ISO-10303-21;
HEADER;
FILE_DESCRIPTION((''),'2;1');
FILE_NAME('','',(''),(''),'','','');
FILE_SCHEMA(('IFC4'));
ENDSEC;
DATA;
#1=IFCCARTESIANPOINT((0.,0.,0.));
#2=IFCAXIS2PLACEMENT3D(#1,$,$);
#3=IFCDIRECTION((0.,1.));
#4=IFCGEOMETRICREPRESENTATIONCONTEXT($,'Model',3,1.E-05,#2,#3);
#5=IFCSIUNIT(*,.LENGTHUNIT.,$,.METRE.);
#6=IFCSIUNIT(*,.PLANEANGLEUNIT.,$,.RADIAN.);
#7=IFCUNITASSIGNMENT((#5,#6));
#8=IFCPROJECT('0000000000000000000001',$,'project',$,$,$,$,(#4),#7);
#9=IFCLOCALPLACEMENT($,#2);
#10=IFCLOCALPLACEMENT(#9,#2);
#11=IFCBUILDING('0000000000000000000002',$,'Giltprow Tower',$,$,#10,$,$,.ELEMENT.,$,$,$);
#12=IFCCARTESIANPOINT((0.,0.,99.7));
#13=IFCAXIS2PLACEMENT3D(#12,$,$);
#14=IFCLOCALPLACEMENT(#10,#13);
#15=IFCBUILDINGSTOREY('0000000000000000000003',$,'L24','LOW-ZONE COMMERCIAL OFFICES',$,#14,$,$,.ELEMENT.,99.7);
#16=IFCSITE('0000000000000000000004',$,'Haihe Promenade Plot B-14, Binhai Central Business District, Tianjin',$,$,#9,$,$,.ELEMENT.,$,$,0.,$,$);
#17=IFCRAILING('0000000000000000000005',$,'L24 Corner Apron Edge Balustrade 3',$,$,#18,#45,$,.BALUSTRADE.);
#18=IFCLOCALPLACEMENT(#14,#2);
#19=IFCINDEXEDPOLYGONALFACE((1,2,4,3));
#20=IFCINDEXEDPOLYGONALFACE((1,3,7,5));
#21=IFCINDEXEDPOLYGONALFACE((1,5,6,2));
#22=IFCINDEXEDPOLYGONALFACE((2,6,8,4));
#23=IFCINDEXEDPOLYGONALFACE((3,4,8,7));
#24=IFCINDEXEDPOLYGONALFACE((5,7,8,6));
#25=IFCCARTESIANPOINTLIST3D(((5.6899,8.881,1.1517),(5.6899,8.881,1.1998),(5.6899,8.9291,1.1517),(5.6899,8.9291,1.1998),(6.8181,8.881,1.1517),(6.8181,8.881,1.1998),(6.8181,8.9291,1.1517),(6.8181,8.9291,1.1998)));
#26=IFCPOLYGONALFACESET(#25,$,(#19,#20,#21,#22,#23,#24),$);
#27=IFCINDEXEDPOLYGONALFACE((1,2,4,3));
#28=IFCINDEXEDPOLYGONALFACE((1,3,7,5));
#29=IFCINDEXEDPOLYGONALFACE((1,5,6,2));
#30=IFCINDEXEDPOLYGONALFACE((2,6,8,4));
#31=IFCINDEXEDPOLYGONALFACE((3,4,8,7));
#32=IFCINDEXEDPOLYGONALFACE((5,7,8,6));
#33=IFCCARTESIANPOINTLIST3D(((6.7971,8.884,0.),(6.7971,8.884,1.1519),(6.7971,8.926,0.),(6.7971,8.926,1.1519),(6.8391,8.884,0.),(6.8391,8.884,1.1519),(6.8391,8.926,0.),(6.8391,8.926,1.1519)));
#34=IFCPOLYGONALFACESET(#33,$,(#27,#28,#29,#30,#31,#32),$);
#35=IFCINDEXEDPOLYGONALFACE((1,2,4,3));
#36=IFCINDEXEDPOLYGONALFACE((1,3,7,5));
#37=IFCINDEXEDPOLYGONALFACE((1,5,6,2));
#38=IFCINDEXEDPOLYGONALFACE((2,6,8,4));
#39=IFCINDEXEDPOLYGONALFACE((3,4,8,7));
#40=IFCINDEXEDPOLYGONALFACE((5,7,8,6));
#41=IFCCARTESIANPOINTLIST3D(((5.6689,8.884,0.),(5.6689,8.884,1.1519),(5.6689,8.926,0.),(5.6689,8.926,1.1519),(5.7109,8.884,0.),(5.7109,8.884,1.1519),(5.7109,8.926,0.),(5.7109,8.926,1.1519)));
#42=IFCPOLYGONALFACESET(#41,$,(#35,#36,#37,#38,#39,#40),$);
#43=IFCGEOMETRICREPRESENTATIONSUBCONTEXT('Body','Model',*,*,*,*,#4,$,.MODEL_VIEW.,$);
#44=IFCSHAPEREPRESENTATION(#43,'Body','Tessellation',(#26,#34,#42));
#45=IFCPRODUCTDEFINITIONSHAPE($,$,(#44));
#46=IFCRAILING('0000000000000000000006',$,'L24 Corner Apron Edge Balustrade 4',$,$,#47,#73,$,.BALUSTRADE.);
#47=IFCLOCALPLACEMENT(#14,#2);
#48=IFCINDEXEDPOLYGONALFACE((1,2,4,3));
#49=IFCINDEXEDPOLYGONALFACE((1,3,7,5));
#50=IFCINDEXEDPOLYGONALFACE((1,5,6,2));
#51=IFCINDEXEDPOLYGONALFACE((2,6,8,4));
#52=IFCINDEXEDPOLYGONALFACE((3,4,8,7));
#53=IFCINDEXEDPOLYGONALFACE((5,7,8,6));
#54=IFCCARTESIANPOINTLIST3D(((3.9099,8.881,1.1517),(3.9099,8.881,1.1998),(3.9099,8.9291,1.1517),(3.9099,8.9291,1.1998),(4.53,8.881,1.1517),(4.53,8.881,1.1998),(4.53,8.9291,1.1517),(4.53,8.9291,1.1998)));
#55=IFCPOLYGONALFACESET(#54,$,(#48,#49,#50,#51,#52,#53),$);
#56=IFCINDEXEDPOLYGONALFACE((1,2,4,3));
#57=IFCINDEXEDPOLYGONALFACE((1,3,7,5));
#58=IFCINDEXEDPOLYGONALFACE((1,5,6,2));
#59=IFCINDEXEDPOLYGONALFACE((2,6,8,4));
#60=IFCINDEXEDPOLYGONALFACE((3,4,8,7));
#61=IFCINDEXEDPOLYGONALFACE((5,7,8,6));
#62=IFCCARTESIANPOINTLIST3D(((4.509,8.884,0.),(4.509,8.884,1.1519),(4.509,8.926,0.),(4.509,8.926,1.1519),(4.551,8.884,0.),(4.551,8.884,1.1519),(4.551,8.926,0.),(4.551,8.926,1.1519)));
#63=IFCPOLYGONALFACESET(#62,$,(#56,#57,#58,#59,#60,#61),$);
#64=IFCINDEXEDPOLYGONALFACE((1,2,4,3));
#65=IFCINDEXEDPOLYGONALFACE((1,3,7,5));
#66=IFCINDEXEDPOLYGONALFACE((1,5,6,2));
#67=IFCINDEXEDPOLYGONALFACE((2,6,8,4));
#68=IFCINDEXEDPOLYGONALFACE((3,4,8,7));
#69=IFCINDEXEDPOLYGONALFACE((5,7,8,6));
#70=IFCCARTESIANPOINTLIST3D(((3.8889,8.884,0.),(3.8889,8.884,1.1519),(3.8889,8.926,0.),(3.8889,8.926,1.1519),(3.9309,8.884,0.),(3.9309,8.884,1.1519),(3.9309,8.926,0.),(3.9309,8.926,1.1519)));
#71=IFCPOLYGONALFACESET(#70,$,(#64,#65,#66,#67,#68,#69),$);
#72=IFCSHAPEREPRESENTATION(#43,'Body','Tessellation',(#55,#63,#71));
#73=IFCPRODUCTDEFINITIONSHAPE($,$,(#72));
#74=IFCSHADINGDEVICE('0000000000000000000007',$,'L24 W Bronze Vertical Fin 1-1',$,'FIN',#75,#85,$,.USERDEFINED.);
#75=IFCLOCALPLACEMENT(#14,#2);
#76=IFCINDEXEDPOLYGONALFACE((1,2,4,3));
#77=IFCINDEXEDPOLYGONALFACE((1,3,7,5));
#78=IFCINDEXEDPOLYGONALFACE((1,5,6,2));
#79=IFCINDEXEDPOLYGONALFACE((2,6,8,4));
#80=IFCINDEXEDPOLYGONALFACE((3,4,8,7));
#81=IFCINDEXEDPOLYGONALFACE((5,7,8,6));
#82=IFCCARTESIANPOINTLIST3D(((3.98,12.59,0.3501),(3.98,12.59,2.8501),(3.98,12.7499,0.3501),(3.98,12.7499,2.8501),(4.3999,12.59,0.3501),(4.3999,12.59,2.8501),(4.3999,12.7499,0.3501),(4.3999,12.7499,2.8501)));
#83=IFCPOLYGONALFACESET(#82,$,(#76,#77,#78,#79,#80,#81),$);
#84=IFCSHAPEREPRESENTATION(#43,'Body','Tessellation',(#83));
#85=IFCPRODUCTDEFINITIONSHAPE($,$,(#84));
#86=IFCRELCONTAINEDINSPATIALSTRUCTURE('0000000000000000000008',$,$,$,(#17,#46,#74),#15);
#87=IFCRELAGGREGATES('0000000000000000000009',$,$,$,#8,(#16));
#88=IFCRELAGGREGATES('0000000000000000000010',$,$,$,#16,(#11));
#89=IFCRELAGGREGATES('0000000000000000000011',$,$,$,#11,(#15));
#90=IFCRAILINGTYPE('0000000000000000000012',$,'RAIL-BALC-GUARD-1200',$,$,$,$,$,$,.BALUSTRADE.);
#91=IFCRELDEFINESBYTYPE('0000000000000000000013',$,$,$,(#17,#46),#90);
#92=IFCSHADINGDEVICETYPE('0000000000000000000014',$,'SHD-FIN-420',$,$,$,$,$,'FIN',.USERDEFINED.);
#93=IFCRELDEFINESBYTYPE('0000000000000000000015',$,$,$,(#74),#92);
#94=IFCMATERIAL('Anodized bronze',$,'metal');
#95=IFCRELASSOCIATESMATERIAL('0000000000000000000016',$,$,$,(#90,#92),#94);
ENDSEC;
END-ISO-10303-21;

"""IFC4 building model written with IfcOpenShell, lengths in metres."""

from ifc_helpers import new_model, si_unit, direction, frame, origin, origin_2d, place, context, subcontext, project, spatial, rectangle, extrude, source, transform, mapped, material, type_object, element, save


model = new_model("IFC4")

# Units and contexts
model_context = context("Model", 3, precision=1e-05, world=origin(), true_north=direction((0.0, 1.0)))
body_context = subcontext(model_context, "Body", "Model", "MODEL_VIEW")
ifc_project = project(units=[si_unit("LENGTHUNIT", "METRE"), si_unit("PLANEANGLEUNIT", "RADIAN")], contexts=[model_context])

# Site, building, storey
site_placement = place(None, origin())
site = spatial("IfcSite", under=ifc_project, at=site_placement, Name="Haihe Promenade Plot B-14, Binhai Central Business District, Tianjin", CompositionType="ELEMENT", RefElevation=0.0)
building_placement = place(site_placement, origin())
building = spatial("IfcBuilding", under=site, at=building_placement, Name="Giltprow Tower", CompositionType="ELEMENT")
storey_placement = place(building_placement, frame((0.0, 0.0, 99.7)))
storey = spatial("IfcBuildingStorey", under=building, at=storey_placement, Name="L24", Description="LOW-ZONE COMMERCIAL OFFICES", CompositionType="ELEMENT", Elevation=99.7)

# Shared definitions
ifc_material_1 = material(Name="Anodized bronze", Category="metal")

# Railings
railing_type = type_object("IfcRailingType", Name="RAIL-BALC-GUARD-1200", PredefinedType="BALUSTRADE", material=ifc_material_1)
railing_1_placement = place(storey_placement, frame((6.8181, 8.905, 0.0)))
element("IfcRailing", 1, at=railing_1_placement, inside=storey, type_object=railing_type, Name="L24 Corner Apron Edge Balustrade 3", PredefinedType="BALUSTRADE", context=body_context, shape_type="SweptSolid", body=[
    extrude(rectangle(XDim=0.0481, YDim=0.0481, at=origin_2d()), frame((0.0, 0.0, 1.1758), z_axis=(-1.0, 0.0, 0.0), x_axis=(0.0, -1.0, 0.0)), (0.0, 0.0, 1.0), 1.1282),
    extrude(rectangle(XDim=0.042, YDim=0.042, at=origin_2d()), origin(), (0.0, 0.0, 1.0), 1.1519),
    extrude(rectangle(XDim=0.042, YDim=0.042, at=origin_2d()), frame((-1.1282, 0.0, 0.0)), (0.0, 0.0, 1.0), 1.1519),
])
railing_2_placement = place(storey_placement, frame((4.53, 8.905, 0.0)))
element("IfcRailing", 2, at=railing_2_placement, inside=storey, type_object=railing_type, Name="L24 Corner Apron Edge Balustrade 4", PredefinedType="BALUSTRADE", context=body_context, shape_type="SweptSolid", body=[
    extrude(rectangle(XDim=0.0481, YDim=0.0481, at=origin_2d()), frame((0.0, 0.0, 1.1758), z_axis=(-1.0, 0.0, 0.0), x_axis=(0.0, -1.0, 0.0)), (0.0, 0.0, 1.0), 0.6201),
    extrude(rectangle(XDim=0.042, YDim=0.042, at=origin_2d()), origin(), (0.0, 0.0, 1.0), 1.1519),
    extrude(rectangle(XDim=0.042, YDim=0.042, at=origin_2d()), frame((-0.6201, 0.0, 0.0)), (0.0, 0.0, 1.0), 1.1519),
])

# Shading device
shading_device_type = type_object("IfcShadingDeviceType", Name="SHD-FIN-420", ElementType="FIN", PredefinedType="USERDEFINED", material=ifc_material_1)
shared_shape_1 = source(origin(), body_context, "Body", "SweptSolid", [
    extrude(rectangle(XDim=0.4199, YDim=0.1599, at=origin_2d()), origin(), (0.0, 0.0, 1.0), 2.5),
])
shading_device_placement = place(storey_placement, frame((4.1899, 12.6699, 0.3501), z_axis=(0.0, 0.0, 1.0), x_axis=(1.0, 0.0, 0.0)))
element("IfcShadingDevice", 3, at=shading_device_placement, inside=storey, type_object=shading_device_type, Name="L24 W Bronze Vertical Fin 1-1", ObjectType="FIN", PredefinedType="USERDEFINED", context=body_context, shape_type="MappedRepresentation", body=[
    mapped(shared_shape_1, transform((0.0, 0.0, 0.0), x_axis=(1.0, 0.0, 0.0), y_axis=(0.0, 1.0, 0.0), z_axis=(0.0, 0.0, 1.0), scale=1.0)),
])

save(model, "model.ifc")
